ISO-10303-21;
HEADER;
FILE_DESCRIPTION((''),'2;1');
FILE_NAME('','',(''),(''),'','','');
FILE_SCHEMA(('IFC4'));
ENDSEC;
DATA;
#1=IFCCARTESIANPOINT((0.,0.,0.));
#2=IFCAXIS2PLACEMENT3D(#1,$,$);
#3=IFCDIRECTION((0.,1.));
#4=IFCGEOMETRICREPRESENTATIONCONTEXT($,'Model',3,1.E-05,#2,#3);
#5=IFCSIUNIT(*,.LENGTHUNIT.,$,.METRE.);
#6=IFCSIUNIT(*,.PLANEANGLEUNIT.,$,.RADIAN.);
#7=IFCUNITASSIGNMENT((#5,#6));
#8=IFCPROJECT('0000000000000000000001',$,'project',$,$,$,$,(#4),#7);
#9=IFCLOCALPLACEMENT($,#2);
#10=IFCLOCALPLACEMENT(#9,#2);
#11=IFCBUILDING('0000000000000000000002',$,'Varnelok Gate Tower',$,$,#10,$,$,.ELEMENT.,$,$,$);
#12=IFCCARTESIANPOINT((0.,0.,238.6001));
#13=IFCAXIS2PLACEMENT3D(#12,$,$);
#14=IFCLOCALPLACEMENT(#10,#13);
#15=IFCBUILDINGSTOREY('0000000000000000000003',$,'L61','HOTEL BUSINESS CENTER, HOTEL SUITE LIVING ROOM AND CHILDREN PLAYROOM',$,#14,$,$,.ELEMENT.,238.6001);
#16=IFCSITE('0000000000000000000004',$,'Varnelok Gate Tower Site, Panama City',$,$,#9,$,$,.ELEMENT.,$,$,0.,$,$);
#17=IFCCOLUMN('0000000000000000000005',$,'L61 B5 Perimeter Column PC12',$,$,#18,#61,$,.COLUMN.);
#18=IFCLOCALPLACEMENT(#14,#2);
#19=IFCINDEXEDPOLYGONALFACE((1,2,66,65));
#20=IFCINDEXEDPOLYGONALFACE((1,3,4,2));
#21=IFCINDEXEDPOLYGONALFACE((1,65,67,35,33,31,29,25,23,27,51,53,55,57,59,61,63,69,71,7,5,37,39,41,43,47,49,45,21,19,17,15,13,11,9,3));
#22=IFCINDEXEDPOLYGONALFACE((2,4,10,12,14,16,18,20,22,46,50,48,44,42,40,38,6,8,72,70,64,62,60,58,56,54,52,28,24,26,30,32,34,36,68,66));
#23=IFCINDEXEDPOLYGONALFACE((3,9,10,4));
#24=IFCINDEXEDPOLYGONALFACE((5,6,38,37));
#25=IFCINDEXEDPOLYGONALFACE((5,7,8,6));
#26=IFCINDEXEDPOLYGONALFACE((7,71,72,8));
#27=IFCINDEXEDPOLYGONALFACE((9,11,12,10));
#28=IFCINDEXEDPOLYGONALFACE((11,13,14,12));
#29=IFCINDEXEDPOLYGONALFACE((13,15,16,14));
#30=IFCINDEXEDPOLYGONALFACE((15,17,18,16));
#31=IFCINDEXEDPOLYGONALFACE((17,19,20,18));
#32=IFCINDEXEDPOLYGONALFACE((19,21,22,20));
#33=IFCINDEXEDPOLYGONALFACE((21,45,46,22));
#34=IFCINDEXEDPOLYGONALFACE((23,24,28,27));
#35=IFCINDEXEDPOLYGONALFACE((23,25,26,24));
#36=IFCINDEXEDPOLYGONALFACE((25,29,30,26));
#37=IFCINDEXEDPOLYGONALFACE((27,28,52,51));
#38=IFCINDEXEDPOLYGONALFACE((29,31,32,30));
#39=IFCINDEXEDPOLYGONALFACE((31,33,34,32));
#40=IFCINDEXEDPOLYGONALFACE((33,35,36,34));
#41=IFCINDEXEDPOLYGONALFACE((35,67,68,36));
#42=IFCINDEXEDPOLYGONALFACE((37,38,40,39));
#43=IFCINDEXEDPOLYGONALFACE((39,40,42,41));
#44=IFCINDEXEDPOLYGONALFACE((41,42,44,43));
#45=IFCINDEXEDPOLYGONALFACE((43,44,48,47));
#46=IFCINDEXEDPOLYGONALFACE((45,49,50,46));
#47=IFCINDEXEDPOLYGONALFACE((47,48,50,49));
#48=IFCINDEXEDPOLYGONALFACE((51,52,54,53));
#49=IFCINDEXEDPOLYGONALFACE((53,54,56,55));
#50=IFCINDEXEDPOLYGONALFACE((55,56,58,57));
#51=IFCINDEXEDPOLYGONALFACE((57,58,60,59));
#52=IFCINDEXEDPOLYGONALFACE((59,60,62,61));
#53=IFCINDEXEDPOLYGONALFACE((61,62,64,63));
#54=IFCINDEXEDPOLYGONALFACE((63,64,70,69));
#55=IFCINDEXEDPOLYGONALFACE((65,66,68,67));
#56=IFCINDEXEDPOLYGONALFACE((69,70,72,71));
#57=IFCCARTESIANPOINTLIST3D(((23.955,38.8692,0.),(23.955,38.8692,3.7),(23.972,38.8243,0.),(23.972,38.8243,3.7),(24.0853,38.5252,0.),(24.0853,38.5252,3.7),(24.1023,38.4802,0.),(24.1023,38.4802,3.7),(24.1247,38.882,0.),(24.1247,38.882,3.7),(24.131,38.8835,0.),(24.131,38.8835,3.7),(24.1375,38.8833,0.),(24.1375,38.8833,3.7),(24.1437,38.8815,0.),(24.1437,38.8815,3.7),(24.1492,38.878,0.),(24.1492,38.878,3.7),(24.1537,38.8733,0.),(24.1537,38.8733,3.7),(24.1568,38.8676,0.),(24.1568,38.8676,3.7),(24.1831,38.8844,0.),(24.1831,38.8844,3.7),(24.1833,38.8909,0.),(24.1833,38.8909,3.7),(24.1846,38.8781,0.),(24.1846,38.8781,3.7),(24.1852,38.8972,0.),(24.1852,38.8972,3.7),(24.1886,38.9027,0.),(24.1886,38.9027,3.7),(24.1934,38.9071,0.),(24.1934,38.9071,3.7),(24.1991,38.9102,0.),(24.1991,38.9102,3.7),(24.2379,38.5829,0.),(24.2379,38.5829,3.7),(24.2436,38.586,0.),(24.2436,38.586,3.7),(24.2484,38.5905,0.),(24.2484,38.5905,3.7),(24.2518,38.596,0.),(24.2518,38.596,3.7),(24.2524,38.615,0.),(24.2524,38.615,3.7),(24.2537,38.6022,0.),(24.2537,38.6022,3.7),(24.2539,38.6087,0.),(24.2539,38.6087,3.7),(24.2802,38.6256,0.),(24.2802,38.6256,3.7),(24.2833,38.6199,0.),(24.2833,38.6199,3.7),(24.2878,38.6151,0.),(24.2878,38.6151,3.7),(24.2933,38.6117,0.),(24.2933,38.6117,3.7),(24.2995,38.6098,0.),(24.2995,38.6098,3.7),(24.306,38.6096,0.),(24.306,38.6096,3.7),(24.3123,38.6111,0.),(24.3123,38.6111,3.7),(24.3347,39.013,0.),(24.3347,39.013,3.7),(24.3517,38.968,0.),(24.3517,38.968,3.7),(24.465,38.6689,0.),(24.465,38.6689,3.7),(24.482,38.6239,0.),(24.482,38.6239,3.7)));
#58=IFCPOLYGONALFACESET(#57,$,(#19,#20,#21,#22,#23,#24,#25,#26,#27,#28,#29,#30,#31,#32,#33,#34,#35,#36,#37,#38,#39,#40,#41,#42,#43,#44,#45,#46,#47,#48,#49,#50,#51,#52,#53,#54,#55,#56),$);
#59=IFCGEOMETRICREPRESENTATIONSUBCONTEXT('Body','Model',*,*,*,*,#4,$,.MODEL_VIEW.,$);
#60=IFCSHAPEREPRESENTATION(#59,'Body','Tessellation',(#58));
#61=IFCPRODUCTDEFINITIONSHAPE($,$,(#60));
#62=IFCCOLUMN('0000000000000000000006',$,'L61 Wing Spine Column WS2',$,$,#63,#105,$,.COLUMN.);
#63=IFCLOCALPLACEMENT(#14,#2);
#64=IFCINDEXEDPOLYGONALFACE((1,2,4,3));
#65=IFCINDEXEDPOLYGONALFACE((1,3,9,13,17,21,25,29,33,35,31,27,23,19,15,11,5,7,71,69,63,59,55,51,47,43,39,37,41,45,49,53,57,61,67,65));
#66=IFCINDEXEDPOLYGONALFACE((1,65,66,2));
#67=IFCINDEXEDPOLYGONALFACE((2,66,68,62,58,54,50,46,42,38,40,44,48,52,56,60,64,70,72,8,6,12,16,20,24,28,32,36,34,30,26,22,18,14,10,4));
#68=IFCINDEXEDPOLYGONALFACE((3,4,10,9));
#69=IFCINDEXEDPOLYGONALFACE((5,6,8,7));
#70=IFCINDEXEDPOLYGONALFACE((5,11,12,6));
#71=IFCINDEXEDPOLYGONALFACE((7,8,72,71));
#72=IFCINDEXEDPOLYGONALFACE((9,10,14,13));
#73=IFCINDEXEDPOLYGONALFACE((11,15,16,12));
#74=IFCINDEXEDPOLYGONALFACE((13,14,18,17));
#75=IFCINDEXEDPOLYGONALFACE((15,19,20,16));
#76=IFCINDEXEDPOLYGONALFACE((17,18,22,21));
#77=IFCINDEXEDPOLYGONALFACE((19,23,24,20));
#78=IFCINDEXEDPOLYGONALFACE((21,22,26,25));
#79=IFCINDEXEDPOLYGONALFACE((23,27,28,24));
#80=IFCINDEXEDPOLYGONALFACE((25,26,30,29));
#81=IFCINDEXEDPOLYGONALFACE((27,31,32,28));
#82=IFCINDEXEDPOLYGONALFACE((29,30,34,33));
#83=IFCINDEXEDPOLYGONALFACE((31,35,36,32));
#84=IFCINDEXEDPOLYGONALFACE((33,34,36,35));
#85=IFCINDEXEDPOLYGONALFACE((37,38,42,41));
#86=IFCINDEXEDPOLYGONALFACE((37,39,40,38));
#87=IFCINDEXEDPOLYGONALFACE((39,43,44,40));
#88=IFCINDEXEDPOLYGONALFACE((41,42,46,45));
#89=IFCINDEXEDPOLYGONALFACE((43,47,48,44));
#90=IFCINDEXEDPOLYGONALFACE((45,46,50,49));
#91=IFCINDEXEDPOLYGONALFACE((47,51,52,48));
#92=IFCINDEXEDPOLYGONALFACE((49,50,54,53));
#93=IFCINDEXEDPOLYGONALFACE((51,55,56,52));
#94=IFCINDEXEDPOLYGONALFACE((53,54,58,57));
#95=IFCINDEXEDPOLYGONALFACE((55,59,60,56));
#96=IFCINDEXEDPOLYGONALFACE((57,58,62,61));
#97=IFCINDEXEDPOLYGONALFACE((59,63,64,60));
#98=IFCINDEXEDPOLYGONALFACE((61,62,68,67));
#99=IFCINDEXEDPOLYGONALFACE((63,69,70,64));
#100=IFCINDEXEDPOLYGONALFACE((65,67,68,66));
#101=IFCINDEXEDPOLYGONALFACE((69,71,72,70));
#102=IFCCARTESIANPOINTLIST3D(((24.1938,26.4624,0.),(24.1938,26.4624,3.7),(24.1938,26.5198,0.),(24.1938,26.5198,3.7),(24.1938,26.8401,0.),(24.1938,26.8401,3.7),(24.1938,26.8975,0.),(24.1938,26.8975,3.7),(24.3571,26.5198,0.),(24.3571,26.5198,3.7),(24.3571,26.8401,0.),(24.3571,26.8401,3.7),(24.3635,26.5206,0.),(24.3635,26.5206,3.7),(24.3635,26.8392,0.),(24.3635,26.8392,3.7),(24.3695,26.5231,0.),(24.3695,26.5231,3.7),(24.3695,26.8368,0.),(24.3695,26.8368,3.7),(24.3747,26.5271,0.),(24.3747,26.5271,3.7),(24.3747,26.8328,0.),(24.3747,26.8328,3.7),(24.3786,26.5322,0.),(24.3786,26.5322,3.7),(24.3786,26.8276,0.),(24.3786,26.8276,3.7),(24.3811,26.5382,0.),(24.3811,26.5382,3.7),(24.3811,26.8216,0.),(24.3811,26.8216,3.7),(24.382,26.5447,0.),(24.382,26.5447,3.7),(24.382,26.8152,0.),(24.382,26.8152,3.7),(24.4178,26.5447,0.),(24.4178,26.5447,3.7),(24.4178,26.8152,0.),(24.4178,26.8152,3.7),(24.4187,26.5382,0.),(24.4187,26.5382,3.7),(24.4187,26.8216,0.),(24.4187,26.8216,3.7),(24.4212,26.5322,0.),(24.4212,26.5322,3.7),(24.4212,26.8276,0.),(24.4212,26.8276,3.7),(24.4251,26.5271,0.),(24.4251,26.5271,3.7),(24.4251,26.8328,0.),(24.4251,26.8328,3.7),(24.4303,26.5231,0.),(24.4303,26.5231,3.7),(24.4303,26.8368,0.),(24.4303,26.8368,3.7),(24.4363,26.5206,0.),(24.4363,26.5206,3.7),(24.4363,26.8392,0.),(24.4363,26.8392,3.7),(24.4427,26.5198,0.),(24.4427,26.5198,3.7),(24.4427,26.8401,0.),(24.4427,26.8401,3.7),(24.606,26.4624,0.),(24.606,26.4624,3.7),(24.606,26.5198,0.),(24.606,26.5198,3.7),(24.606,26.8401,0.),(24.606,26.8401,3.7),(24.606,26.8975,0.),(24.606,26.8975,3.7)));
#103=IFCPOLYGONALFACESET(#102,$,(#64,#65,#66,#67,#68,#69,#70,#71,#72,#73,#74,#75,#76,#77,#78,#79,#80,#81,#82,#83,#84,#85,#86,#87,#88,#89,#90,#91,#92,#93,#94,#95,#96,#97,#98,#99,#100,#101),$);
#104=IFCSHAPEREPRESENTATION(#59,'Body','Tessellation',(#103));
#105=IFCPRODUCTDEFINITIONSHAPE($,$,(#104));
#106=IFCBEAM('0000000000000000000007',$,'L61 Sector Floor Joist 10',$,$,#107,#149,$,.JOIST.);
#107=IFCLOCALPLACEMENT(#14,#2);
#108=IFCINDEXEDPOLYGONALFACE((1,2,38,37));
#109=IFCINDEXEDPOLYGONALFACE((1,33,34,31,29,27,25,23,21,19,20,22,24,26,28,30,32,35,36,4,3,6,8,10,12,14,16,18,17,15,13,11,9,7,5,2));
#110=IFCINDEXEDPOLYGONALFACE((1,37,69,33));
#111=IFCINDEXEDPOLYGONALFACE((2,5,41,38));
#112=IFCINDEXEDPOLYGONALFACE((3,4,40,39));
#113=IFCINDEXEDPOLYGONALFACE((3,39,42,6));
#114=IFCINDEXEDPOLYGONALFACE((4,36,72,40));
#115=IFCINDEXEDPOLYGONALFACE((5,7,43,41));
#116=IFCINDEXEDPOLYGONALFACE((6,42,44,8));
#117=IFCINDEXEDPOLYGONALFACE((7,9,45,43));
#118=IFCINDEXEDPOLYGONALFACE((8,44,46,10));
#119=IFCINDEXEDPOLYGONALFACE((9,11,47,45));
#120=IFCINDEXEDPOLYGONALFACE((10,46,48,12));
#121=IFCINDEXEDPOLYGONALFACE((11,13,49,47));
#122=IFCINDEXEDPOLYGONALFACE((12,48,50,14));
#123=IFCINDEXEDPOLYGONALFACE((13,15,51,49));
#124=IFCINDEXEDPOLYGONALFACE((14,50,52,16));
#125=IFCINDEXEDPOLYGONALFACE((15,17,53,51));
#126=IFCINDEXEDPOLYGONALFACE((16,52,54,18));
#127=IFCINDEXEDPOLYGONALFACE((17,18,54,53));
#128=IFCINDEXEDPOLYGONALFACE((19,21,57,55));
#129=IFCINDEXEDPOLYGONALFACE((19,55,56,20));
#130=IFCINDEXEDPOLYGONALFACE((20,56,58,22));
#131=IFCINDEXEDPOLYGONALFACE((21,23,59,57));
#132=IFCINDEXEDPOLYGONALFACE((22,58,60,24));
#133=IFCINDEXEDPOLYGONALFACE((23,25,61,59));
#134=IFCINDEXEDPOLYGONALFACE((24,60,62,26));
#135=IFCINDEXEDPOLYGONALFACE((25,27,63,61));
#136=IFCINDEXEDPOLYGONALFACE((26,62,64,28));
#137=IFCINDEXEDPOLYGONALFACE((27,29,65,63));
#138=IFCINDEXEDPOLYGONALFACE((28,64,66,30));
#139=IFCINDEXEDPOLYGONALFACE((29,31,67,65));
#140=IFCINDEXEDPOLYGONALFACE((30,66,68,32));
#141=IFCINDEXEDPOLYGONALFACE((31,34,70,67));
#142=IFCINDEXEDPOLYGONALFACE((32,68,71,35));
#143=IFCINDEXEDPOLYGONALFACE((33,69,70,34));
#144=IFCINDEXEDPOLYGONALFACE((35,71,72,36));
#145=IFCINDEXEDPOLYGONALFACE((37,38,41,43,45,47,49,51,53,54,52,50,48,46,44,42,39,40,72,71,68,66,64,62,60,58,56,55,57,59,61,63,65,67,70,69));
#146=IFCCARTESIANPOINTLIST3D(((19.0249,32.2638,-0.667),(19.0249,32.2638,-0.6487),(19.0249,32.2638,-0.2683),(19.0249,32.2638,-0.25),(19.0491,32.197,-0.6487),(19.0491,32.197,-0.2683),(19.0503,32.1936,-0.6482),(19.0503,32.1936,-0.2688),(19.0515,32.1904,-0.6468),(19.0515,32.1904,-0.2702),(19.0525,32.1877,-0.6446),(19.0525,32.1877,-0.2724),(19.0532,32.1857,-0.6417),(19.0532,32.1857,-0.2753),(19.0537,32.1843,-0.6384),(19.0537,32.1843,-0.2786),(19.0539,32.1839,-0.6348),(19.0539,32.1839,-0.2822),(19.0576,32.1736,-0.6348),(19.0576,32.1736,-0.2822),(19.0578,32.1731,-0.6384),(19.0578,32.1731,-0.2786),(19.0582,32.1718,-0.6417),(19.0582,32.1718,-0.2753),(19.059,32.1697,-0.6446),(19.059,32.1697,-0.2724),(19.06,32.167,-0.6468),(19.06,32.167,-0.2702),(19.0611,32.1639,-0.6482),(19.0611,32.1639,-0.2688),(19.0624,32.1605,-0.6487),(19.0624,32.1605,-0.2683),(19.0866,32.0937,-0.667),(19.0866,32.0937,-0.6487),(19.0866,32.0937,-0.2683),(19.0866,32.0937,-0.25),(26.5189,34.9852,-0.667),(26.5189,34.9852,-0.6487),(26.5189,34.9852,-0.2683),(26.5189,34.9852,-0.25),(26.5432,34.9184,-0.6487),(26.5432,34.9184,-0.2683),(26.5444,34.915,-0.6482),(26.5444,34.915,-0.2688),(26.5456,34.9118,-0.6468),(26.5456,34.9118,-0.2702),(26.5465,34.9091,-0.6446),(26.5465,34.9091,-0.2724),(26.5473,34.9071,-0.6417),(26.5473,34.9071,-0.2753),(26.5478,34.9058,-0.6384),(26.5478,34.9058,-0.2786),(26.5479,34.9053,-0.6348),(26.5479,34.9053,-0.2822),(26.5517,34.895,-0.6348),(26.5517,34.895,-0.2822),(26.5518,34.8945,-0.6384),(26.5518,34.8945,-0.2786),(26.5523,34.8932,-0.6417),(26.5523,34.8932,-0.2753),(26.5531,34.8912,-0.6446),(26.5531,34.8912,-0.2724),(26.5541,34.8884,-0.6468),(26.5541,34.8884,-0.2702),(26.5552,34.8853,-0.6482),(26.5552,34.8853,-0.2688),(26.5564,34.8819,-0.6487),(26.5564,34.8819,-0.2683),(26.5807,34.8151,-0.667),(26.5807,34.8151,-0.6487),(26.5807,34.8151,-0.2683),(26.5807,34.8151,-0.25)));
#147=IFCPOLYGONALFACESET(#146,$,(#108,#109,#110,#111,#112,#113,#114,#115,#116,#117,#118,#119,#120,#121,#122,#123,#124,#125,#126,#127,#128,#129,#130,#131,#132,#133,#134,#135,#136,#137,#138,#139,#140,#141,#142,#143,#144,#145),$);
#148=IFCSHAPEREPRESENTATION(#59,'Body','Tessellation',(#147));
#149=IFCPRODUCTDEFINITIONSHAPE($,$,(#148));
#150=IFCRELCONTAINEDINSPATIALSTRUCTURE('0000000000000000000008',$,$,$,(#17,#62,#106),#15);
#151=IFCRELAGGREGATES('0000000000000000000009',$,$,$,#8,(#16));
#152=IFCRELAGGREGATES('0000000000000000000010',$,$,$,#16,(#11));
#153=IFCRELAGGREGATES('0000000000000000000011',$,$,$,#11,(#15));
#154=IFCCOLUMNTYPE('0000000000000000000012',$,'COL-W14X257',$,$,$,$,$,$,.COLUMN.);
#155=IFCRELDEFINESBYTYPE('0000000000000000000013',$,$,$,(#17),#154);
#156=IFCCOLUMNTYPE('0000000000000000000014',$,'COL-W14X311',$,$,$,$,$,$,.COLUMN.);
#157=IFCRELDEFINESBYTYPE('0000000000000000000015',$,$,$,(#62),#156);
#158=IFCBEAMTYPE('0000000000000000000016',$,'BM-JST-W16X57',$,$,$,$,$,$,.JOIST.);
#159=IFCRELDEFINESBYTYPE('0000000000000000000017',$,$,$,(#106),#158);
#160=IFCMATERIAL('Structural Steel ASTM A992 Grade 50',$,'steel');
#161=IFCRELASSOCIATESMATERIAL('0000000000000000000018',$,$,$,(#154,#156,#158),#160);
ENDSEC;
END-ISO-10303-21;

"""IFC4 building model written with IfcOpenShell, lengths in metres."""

from ifc_helpers import new_model, si_unit, direction, frame, origin, origin_2d, place, context, subcontext, project, spatial, i_section, extrude, material, material_profile, profile_set, type_object, element, save


model = new_model("IFC4")

# Units and contexts
model_context = context("Model", 3, precision=1e-05, world=origin(), true_north=direction((0.0, 1.0)))
body_context = subcontext(model_context, "Body", "Model", "MODEL_VIEW")
ifc_project = project(units=[si_unit("LENGTHUNIT", "METRE"), si_unit("PLANEANGLEUNIT", "RADIAN")], contexts=[model_context])

# Site, building, storey
site_placement = place(None, origin())
site = spatial("IfcSite", under=ifc_project, at=site_placement, Name="Varnelok Gate Tower Site, Panama City", CompositionType="ELEMENT", RefElevation=0.0)
building_placement = place(site_placement, origin())
building = spatial("IfcBuilding", under=site, at=building_placement, Name="Varnelok Gate Tower", CompositionType="ELEMENT")
storey_placement = place(building_placement, frame((0.0, 0.0, 238.6001)))
storey = spatial("IfcBuildingStorey", under=building, at=storey_placement, Name="L61", Description="HOTEL BUSINESS CENTER, HOTEL SUITE LIVING ROOM AND CHILDREN PLAYROOM", CompositionType="ELEMENT", Elevation=238.6001)

# Columns
ifc_material_1 = material(Name="Structural Steel ASTM A992 Grade 50", Category="steel")
ifc_material_profile_1 = material_profile(ifc_material_1, i_section(OverallWidth=0.406, OverallDepth=0.416, WebThickness=0.0298, FlangeThickness=0.0481, FilletRadius=0.0249, at=origin_2d()), Name="W14X257")
ifc_profile_set_1 = profile_set([ifc_material_profile_1], Name="Structural Steel ASTM A992 Grade 50")
column_type_1 = type_object("IfcColumnType", Name="COL-W14X257", PredefinedType="COLUMN", material=ifc_profile_set_1)
column_1_placement = place(storey_placement, frame((24.2185, 38.7466, 0.0), z_axis=(0.0, 0.0, 1.0), x_axis=(0.935222, 0.354063, 0.0)))
element("IfcColumn", 1, at=column_1_placement, inside=storey, type_object=column_type_1, Name="L61 B5 Perimeter Column PC12", PredefinedType="COLUMN", context=body_context, shape_type="SweptSolid", body=[
    extrude(i_section(OverallWidth=0.406, OverallDepth=0.416, WebThickness=0.0298, FlangeThickness=0.0481, FilletRadius=0.0249, at=origin_2d()), origin(), (0.0, 0.0, 1.0), 3.7),
])
ifc_material_profile_2 = material_profile(ifc_material_1, i_section(OverallWidth=0.4121, OverallDepth=0.4351, WebThickness=0.0359, FlangeThickness=0.0574, FilletRadius=0.0249, at=origin_2d()), Name="W14X311")
ifc_profile_set_2 = profile_set([ifc_material_profile_2], Name="Structural Steel ASTM A992 Grade 50")
column_type_2 = type_object("IfcColumnType", Name="COL-W14X311", PredefinedType="COLUMN", material=ifc_profile_set_2)
column_2_placement = place(storey_placement, frame((24.3999, 26.6799, 0.0), z_axis=(0.0, 0.0, 1.0), x_axis=(1.0, 0.0, 0.0)))
element("IfcColumn", 2, at=column_2_placement, inside=storey, type_object=column_type_2, Name="L61 Wing Spine Column WS2", PredefinedType="COLUMN", context=body_context, shape_type="SweptSolid", body=[
    extrude(i_section(OverallWidth=0.4121, OverallDepth=0.4351, WebThickness=0.0359, FlangeThickness=0.0574, FilletRadius=0.0249, at=origin_2d()), origin(), (0.0, 0.0, 1.0), 3.7),
])

# Beam
ifc_material_profile_3 = material_profile(ifc_material_1, i_section(OverallWidth=0.1809, OverallDepth=0.417, WebThickness=0.011, FlangeThickness=0.0183, FilletRadius=0.0139, at=origin_2d()), Name="W16X57")
ifc_profile_set_3 = profile_set([ifc_material_profile_3], Name="Structural Steel ASTM A992 Grade 50")
beam_type_1 = type_object("IfcBeamType", Name="BM-JST-W16X57", PredefinedType="JOIST", material=ifc_profile_set_3)
beam_1_placement = place(storey_placement, frame((26.5498, 34.9001, -0.4585), z_axis=(-0.939943, -0.341332, 0.0), x_axis=(0.341332, -0.939943, 0.0)))
element("IfcBeam", 3, at=beam_1_placement, inside=storey, type_object=beam_type_1, Name="L61 Sector Floor Joist 10", PredefinedType="JOIST", context=body_context, shape_type="SweptSolid", body=[
    extrude(i_section(OverallWidth=0.1809, OverallDepth=0.417, WebThickness=0.011, FlangeThickness=0.0183, FilletRadius=0.0139, at=origin_2d()), origin(), (0.0, 0.0, 1.0), 7.9729),
])

save(model, "model.ifc")
